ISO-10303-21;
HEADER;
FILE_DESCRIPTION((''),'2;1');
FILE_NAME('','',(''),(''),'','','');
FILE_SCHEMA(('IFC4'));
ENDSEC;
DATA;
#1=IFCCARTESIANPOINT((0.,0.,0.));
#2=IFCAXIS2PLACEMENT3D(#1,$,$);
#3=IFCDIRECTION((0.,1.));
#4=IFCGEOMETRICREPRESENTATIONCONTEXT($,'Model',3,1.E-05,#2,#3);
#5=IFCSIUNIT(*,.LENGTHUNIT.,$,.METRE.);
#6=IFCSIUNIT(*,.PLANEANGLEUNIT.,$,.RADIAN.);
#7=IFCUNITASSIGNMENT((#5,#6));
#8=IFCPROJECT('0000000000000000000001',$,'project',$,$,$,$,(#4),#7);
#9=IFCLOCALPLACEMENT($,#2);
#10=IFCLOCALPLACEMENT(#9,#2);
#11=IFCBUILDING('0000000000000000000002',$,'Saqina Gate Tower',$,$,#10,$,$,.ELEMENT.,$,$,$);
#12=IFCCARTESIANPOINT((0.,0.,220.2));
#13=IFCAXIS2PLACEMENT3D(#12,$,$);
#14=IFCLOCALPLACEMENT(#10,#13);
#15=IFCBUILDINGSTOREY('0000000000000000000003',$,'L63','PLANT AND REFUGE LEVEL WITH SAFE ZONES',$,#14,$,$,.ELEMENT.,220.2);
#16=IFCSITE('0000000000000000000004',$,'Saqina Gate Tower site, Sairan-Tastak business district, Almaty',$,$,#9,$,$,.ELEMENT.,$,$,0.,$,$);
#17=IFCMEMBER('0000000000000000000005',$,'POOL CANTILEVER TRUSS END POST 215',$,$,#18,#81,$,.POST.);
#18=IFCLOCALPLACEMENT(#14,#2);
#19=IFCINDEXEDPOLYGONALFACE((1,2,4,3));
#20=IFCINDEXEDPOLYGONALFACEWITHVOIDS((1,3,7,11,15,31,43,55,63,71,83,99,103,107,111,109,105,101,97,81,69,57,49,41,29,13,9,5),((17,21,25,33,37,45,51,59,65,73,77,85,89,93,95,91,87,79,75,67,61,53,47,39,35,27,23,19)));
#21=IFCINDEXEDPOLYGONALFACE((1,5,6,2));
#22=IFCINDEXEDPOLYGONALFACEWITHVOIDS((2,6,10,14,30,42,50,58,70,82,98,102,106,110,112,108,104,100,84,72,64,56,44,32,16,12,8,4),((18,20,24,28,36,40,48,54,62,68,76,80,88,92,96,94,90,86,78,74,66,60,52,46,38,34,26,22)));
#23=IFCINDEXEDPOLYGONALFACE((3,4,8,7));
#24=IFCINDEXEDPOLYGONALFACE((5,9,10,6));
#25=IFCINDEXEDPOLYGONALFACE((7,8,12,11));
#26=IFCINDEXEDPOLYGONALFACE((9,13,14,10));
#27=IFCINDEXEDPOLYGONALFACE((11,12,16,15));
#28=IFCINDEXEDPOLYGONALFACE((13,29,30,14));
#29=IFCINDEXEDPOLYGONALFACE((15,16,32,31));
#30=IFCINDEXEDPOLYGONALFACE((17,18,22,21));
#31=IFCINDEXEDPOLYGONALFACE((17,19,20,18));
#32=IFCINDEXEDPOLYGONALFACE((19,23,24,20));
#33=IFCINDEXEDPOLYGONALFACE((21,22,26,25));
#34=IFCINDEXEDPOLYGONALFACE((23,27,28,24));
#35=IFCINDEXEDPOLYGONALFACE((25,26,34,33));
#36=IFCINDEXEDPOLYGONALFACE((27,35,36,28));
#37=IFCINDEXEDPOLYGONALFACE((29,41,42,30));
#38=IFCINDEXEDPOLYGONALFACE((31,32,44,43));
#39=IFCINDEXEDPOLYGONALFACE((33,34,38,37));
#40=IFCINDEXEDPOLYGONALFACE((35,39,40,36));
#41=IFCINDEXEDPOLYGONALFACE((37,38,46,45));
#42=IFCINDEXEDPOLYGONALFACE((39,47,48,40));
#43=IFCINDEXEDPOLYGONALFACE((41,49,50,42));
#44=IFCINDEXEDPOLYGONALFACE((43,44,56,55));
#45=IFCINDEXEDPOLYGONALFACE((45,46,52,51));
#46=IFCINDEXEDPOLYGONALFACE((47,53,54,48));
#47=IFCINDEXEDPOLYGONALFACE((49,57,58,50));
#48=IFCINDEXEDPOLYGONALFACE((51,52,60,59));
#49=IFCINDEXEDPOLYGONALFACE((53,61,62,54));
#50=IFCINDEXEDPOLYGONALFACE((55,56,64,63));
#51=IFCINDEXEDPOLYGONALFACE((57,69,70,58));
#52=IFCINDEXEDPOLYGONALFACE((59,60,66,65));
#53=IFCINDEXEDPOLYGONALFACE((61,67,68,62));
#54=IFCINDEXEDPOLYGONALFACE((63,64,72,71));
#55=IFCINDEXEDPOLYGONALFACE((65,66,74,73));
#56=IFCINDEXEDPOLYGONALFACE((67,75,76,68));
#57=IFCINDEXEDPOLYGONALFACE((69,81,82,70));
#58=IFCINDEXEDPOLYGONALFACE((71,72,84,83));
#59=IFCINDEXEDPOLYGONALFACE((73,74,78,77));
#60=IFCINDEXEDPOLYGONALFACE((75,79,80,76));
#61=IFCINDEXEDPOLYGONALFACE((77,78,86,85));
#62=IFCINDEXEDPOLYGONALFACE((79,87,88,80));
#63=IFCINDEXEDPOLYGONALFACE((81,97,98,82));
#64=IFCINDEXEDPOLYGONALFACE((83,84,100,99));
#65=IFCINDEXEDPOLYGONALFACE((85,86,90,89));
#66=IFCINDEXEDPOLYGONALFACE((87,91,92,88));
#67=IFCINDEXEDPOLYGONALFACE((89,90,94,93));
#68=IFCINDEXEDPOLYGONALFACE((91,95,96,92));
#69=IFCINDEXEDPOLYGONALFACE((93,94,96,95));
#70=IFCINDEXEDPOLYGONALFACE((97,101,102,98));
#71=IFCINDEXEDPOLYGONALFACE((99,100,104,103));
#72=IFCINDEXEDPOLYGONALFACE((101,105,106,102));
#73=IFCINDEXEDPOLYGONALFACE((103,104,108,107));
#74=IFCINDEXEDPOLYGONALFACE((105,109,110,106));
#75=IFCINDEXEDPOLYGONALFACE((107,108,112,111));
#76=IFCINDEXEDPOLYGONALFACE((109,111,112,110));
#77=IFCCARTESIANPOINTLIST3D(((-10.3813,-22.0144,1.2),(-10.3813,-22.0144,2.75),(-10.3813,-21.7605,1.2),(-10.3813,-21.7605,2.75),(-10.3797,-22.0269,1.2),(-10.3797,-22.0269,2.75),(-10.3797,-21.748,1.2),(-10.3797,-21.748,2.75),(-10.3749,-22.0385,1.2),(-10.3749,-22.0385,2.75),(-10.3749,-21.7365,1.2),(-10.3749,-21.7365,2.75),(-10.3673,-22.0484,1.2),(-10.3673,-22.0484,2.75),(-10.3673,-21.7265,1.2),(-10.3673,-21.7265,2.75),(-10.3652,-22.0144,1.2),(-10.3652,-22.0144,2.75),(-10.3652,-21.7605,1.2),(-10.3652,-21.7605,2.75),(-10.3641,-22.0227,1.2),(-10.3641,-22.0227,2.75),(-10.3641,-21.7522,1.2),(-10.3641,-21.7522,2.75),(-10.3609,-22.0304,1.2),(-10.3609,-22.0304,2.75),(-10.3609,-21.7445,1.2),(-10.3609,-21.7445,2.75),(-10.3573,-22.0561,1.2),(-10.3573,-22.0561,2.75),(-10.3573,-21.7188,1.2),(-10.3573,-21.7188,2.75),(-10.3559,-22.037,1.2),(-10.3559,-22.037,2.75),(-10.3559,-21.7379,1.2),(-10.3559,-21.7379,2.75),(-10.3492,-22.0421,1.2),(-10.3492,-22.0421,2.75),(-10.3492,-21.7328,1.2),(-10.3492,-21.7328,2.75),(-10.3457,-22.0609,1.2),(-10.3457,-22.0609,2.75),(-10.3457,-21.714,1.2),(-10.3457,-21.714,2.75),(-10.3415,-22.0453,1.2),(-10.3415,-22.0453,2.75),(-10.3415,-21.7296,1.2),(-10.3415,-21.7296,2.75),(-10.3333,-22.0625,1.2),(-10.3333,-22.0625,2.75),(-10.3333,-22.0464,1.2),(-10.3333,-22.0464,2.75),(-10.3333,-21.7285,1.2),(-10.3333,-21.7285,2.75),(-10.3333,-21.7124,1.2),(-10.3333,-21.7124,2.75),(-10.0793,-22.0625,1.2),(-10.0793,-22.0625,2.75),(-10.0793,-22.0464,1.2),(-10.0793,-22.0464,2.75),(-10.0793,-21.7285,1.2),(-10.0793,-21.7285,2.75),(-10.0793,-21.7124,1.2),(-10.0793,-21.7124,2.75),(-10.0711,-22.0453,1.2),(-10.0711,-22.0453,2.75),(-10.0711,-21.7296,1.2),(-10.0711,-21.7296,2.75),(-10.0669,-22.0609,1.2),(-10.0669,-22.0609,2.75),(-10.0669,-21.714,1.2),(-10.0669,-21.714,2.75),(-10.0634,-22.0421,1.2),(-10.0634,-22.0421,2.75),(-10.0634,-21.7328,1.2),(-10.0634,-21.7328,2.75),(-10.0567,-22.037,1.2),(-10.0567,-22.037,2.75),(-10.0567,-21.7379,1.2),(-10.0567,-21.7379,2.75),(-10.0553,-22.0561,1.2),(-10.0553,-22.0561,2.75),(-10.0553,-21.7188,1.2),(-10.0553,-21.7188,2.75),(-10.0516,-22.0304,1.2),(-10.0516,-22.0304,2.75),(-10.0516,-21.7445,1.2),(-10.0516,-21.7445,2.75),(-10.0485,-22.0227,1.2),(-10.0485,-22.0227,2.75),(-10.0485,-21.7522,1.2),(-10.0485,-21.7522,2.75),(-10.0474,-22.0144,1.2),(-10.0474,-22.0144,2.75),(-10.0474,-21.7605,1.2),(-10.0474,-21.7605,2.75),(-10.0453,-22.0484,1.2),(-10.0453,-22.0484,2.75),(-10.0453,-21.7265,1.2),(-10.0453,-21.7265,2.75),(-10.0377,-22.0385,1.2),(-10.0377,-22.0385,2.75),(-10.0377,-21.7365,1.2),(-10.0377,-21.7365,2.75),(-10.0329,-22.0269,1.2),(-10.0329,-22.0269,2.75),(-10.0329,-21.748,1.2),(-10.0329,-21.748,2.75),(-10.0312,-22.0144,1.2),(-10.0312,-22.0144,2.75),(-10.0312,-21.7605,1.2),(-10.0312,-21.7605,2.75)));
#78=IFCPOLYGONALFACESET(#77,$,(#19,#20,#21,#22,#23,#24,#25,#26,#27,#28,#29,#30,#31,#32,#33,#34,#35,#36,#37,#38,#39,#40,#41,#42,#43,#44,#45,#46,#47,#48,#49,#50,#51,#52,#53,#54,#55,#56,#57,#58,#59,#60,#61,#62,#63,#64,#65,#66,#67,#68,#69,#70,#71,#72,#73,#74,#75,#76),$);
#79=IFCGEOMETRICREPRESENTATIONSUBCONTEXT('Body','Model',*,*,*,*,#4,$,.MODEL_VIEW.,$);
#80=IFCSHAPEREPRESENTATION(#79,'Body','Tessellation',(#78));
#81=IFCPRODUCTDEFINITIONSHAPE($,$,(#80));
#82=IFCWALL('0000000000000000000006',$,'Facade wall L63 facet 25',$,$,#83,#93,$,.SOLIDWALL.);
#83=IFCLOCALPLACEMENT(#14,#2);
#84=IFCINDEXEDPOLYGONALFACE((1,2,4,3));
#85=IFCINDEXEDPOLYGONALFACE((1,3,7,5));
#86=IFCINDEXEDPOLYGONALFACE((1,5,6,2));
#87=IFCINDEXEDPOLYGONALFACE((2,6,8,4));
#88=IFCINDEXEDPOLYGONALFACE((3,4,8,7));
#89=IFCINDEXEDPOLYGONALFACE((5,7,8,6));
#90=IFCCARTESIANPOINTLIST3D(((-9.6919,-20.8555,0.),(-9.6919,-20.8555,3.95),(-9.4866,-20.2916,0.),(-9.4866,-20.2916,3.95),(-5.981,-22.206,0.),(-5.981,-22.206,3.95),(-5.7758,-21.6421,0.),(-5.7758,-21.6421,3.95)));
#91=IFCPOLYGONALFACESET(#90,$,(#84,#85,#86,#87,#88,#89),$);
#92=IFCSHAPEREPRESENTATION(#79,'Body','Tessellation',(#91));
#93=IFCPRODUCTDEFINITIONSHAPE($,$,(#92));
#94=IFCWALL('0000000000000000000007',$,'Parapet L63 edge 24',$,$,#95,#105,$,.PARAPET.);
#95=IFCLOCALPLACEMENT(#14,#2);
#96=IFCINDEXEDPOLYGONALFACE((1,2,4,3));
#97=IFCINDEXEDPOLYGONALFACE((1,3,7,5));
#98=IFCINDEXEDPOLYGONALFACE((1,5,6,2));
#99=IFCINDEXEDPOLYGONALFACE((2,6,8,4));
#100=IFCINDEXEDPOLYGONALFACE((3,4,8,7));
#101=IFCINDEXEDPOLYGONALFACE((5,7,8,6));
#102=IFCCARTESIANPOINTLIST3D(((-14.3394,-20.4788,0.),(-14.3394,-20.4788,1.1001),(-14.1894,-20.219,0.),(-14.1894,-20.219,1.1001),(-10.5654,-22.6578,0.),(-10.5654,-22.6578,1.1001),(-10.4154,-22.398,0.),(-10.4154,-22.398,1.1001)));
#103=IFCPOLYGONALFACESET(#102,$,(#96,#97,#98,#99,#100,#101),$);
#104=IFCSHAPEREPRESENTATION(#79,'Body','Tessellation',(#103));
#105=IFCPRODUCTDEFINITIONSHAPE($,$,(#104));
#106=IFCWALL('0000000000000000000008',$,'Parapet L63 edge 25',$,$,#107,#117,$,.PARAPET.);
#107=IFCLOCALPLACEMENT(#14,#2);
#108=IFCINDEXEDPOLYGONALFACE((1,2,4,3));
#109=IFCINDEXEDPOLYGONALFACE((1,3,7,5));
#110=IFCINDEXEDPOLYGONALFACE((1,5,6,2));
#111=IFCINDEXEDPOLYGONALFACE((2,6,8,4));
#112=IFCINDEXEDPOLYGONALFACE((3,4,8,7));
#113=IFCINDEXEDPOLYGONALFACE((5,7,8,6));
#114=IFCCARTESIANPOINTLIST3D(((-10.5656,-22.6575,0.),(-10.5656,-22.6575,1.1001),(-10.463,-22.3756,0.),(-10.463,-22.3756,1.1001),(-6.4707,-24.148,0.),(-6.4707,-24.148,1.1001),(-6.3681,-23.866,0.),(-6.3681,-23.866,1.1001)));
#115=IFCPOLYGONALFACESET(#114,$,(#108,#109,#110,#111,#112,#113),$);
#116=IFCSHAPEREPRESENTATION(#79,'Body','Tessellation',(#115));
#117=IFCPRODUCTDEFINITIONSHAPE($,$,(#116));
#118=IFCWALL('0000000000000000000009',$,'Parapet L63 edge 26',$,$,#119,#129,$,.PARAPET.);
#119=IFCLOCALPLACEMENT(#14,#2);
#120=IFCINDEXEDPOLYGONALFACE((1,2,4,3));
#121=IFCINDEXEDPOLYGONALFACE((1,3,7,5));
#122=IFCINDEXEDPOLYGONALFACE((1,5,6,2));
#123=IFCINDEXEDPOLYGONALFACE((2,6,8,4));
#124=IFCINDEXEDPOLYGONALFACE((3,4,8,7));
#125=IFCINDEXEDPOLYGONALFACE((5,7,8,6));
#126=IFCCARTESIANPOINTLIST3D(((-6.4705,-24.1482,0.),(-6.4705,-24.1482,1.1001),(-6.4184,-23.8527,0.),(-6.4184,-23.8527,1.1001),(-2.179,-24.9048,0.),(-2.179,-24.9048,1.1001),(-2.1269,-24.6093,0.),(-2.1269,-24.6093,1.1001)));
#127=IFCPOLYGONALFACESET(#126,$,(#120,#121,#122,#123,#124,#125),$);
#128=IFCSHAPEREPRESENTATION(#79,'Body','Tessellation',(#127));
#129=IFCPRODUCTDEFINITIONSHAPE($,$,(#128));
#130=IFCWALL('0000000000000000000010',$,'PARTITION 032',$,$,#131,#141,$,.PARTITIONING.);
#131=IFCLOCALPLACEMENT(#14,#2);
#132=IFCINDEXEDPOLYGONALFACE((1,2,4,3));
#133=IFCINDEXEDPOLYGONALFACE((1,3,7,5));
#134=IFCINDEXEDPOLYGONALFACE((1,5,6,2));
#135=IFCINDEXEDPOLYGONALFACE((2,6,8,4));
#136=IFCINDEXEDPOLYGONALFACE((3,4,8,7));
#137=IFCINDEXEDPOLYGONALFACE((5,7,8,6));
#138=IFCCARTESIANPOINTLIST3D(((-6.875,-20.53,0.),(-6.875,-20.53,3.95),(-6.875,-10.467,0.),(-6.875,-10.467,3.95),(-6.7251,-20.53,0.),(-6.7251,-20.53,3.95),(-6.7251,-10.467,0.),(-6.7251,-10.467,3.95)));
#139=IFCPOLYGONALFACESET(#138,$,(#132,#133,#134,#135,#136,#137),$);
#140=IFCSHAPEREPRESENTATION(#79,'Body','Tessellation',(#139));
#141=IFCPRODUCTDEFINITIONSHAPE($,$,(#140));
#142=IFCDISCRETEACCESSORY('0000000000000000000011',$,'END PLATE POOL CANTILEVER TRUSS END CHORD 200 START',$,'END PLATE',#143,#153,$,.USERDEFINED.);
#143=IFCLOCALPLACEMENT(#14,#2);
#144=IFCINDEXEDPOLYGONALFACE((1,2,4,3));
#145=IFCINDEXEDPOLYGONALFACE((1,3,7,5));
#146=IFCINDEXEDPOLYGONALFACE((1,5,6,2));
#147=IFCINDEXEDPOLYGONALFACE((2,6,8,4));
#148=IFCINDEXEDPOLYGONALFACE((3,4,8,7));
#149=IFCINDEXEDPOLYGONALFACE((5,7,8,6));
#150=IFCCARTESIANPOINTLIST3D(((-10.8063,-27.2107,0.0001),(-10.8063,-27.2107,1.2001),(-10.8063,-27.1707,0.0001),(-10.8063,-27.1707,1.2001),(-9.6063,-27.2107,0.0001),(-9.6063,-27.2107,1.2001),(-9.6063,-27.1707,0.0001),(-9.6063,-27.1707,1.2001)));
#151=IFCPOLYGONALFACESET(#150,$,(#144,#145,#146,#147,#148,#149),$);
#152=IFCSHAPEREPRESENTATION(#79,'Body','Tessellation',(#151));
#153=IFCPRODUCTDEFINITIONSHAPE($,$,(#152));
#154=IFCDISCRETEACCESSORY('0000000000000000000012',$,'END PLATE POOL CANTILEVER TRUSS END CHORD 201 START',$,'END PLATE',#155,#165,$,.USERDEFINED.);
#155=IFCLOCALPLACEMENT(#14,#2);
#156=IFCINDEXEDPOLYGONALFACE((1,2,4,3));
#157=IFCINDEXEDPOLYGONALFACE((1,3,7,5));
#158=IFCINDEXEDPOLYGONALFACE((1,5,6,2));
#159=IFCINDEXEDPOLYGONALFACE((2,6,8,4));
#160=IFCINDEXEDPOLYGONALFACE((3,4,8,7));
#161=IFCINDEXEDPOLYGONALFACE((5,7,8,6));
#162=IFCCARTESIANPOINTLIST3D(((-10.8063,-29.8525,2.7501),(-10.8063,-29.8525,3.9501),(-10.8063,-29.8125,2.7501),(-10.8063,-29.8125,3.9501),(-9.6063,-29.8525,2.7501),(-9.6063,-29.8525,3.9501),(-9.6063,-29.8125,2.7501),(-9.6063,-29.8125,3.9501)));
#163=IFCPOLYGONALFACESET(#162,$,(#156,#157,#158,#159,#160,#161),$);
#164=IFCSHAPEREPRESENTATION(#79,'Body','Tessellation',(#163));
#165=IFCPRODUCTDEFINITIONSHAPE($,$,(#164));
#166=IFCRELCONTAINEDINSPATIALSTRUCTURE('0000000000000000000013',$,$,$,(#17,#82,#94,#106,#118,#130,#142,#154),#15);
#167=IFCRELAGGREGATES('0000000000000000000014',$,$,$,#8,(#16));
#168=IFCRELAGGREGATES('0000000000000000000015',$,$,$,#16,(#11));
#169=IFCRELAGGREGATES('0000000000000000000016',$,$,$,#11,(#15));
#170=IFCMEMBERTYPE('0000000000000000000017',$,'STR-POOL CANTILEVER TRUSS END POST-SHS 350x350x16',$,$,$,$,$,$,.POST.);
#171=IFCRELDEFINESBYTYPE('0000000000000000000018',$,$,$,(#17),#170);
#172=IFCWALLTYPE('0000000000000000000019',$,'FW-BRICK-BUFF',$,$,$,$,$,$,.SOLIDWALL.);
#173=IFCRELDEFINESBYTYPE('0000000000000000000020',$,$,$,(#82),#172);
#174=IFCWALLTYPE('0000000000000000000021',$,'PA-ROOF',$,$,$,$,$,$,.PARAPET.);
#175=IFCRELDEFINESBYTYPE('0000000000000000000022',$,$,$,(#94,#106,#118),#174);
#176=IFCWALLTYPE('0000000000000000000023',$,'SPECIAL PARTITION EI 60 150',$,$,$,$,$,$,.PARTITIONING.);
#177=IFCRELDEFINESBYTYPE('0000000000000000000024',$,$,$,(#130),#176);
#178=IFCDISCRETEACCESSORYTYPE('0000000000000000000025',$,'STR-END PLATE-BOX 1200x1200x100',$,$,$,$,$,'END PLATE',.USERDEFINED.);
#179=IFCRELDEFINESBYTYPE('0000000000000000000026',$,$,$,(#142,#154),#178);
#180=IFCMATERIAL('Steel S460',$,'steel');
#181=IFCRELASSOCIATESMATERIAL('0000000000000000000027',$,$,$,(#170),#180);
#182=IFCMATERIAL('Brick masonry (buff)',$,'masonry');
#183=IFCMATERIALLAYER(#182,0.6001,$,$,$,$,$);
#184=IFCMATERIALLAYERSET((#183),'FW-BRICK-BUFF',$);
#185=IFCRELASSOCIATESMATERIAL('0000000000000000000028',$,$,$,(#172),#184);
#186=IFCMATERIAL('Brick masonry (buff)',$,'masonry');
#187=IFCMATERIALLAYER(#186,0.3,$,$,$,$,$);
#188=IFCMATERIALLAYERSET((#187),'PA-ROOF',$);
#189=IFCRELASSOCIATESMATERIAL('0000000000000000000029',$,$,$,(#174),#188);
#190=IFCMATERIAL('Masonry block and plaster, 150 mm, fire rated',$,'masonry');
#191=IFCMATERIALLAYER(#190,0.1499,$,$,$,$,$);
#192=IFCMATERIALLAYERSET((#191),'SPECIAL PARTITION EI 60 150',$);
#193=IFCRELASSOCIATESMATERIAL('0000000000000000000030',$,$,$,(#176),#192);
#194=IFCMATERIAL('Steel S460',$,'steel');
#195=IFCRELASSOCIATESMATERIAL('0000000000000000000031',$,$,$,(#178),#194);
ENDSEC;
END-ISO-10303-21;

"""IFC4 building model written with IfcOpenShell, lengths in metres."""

from ifc_helpers import new_model, si_unit, direction, frame, frame_2d, origin, origin_2d, place, context, subcontext, project, spatial, rectangle, hollow_rectangle, extrude, material, layer, layer_set, material_profile, profile_set, type_object, element, save


model = new_model("IFC4")

# Units and contexts
model_context = context("Model", 3, precision=1e-05, world=origin(), true_north=direction((0.0, 1.0)))
body_context = subcontext(model_context, "Body", "Model", "MODEL_VIEW")
ifc_project = project(units=[si_unit("LENGTHUNIT", "METRE"), si_unit("PLANEANGLEUNIT", "RADIAN")], contexts=[model_context])

# Site, building, storey
site_placement = place(None, origin())
site = spatial("IfcSite", under=ifc_project, at=site_placement, Name="Saqina Gate Tower site, Sairan-Tastak business district, Almaty", CompositionType="ELEMENT", RefElevation=0.0)
building_placement = place(site_placement, origin())
building = spatial("IfcBuilding", under=site, at=building_placement, Name="Saqina Gate Tower", CompositionType="ELEMENT")
storey_placement = place(building_placement, frame((0.0, 0.0, 220.2)))
storey = spatial("IfcBuildingStorey", under=building, at=storey_placement, Name="L63", Description="PLANT AND REFUGE LEVEL WITH SAFE ZONES", CompositionType="ELEMENT", Elevation=220.2)

# Member
ifc_material_1 = material(Name="Steel S460", Category="steel")
ifc_material_profile_1 = material_profile(ifc_material_1, hollow_rectangle(XDim=0.3501, YDim=0.3501, WallThickness=0.0161, InnerFilletRadius=0.032, OuterFilletRadius=0.0481, at=origin_2d()), Name="SHS 350x350x16")
ifc_profile_set_1 = profile_set([ifc_material_profile_1], Name="Steel S460")
member_type_1 = type_object("IfcMemberType", Name="STR-POOL CANTILEVER TRUSS END POST-SHS 350x350x16", PredefinedType="POST", material=ifc_profile_set_1)
for number, where, z_axis, x_axis, name in (
    (1, (-10.2063, -21.8875, 1.2), (0.0, 0.0, 1.0), (1.0, 0.0, 0.0), "POOL CANTILEVER TRUSS END POST 215"),
):
    element("IfcMember", number, at=place(storey_placement, frame(where, z_axis=z_axis, x_axis=x_axis)), inside=storey, type_object=member_type_1, Name=name, PredefinedType="POST", context=body_context, shape_type="SweptSolid", body=[
        extrude(hollow_rectangle(XDim=0.3501, YDim=0.3501, WallThickness=0.0161, InnerFilletRadius=0.032, OuterFilletRadius=0.0481, at=origin_2d()), origin(), (0.0, 0.0, 1.0), 1.55),
    ])

# Walls
ifc_material_2 = material(Name="Brick masonry (buff)", Category="masonry")
ifc_layer_1 = layer(ifc_material_2, 0.6001)
ifc_layer_set_1 = layer_set([ifc_layer_1], Name="FW-BRICK-BUFF")
wall_type_1 = type_object("IfcWallType", Name="FW-BRICK-BUFF", PredefinedType="SOLIDWALL", material=ifc_layer_set_1)
wall_1_placement = place(storey_placement, frame((-9.5894, -20.5735, 0.0), z_axis=(0.0, 0.0, 1.0), x_axis=(0.9397, -0.342001, 0.0)))
element("IfcWall", 2, at=wall_1_placement, inside=storey, type_object=wall_type_1, Name="Facade wall L63 facet 25", PredefinedType="SOLIDWALL", context=body_context, shape_type="SweptSolid", body=[
    extrude(rectangle(XDim=3.949, YDim=0.6001, at=frame_2d((1.9746, 0.0))), origin(), (0.0, 0.0, 1.0), 3.95),
])
ifc_material_3 = material(Name="Brick masonry (buff)", Category="masonry")
ifc_layer_2 = layer(ifc_material_3, 0.3)
ifc_layer_set_2 = layer_set([ifc_layer_2], Name="PA-ROOF")
wall_type_2 = type_object("IfcWallType", Name="PA-ROOF", PredefinedType="PARAPET", material=ifc_layer_set_2)
wall_2_placement = place(storey_placement, frame((-14.2644, -20.3489, 0.0), z_axis=(0.0, 0.0, 1.0), x_axis=(0.866018, -0.500013, 0.0)))
element("IfcWall", 3, at=wall_2_placement, inside=storey, type_object=wall_type_2, Name="Parapet L63 edge 24", PredefinedType="PARAPET", context=body_context, shape_type="SweptSolid", body=[
    extrude(rectangle(XDim=4.3579, YDim=0.3, at=frame_2d((2.179, 0.0))), origin(), (0.0, 0.0, 1.0), 1.1001),
])
for number, where, z_axis, x_axis, name in (
    (4, (-10.5142, -22.5166, 0.0), (0.0, 0.0, 1.0), (0.93969, -0.342026, 0.0), "Parapet L63 edge 25"),
    (5, (-6.4443, -24.0005, 0.0), (0.0, 0.0, 1.0), (0.984812, -0.173622, 0.0), "Parapet L63 edge 26"),
):
    element("IfcWall", number, at=place(storey_placement, frame(where, z_axis=z_axis, x_axis=x_axis)), inside=storey, type_object=wall_type_2, Name=name, PredefinedType="PARAPET", context=body_context, shape_type="SweptSolid", body=[
        extrude(rectangle(XDim=4.3577, YDim=0.3, at=frame_2d((2.1787, 0.0))), origin(), (0.0, 0.0, 1.0), 1.1001),
    ])
ifc_material_4 = material(Name="Masonry block and plaster, 150 mm, fire rated", Category="masonry")
ifc_layer_3 = layer(ifc_material_4, 0.1499)
ifc_layer_set_3 = layer_set([ifc_layer_3], Name="SPECIAL PARTITION EI 60 150")
wall_type_3 = type_object("IfcWallType", Name="SPECIAL PARTITION EI 60 150", PredefinedType="PARTITIONING", material=ifc_layer_set_3)
wall_3_placement = place(storey_placement, frame((-6.8, -20.53, 0.0), z_axis=(0.0, 0.0, 1.0), x_axis=(0.0, 1.0, 0.0)))
element("IfcWall", 6, at=wall_3_placement, inside=storey, type_object=wall_type_3, Name="PARTITION 032", PredefinedType="PARTITIONING", context=body_context, shape_type="SweptSolid", body=[
    extrude(rectangle(XDim=10.063, YDim=0.1499, at=frame_2d((5.0315, 0.0))), origin(), (0.0, 0.0, 1.0), 3.95),
])

# Discrete accessories
ifc_material_5 = material(Name="Steel S460", Category="steel")
ifc_material_profile_2 = material_profile(ifc_material_5, rectangle(XDim=1.2, YDim=1.2, at=origin_2d()), Name="STR-END PLATE-BOX 1200x1200x100")
ifc_profile_set_2 = profile_set([ifc_material_profile_2], Name="Steel S460")
discrete_accessory_type = type_object("IfcDiscreteAccessoryType", Name="STR-END PLATE-BOX 1200x1200x100", ElementType="END PLATE", PredefinedType="USERDEFINED", material=ifc_profile_set_2)
for number, where, z_axis, x_axis, name in (
    (7, (-10.2063, -27.1707, 0.6001), (0.0, -1.0, 0.0), (-1.0, 0.0, 0.0), "END PLATE POOL CANTILEVER TRUSS END CHORD 200 START"),
    (8, (-10.2063, -29.8125, 3.3501), (0.0, -1.0, 0.0), (-1.0, 0.0, 0.0), "END PLATE POOL CANTILEVER TRUSS END CHORD 201 START"),
):
    element("IfcDiscreteAccessory", number, at=place(storey_placement, frame(where, z_axis=z_axis, x_axis=x_axis)), inside=storey, type_object=discrete_accessory_type, Name=name, ObjectType="END PLATE", PredefinedType="USERDEFINED", context=body_context, shape_type="SweptSolid", body=[
        extrude(rectangle(XDim=1.2, YDim=1.2, at=origin_2d()), origin(), (0.0, 0.0, 1.0), 0.04),
    ])

save(model, "model.ifc")
